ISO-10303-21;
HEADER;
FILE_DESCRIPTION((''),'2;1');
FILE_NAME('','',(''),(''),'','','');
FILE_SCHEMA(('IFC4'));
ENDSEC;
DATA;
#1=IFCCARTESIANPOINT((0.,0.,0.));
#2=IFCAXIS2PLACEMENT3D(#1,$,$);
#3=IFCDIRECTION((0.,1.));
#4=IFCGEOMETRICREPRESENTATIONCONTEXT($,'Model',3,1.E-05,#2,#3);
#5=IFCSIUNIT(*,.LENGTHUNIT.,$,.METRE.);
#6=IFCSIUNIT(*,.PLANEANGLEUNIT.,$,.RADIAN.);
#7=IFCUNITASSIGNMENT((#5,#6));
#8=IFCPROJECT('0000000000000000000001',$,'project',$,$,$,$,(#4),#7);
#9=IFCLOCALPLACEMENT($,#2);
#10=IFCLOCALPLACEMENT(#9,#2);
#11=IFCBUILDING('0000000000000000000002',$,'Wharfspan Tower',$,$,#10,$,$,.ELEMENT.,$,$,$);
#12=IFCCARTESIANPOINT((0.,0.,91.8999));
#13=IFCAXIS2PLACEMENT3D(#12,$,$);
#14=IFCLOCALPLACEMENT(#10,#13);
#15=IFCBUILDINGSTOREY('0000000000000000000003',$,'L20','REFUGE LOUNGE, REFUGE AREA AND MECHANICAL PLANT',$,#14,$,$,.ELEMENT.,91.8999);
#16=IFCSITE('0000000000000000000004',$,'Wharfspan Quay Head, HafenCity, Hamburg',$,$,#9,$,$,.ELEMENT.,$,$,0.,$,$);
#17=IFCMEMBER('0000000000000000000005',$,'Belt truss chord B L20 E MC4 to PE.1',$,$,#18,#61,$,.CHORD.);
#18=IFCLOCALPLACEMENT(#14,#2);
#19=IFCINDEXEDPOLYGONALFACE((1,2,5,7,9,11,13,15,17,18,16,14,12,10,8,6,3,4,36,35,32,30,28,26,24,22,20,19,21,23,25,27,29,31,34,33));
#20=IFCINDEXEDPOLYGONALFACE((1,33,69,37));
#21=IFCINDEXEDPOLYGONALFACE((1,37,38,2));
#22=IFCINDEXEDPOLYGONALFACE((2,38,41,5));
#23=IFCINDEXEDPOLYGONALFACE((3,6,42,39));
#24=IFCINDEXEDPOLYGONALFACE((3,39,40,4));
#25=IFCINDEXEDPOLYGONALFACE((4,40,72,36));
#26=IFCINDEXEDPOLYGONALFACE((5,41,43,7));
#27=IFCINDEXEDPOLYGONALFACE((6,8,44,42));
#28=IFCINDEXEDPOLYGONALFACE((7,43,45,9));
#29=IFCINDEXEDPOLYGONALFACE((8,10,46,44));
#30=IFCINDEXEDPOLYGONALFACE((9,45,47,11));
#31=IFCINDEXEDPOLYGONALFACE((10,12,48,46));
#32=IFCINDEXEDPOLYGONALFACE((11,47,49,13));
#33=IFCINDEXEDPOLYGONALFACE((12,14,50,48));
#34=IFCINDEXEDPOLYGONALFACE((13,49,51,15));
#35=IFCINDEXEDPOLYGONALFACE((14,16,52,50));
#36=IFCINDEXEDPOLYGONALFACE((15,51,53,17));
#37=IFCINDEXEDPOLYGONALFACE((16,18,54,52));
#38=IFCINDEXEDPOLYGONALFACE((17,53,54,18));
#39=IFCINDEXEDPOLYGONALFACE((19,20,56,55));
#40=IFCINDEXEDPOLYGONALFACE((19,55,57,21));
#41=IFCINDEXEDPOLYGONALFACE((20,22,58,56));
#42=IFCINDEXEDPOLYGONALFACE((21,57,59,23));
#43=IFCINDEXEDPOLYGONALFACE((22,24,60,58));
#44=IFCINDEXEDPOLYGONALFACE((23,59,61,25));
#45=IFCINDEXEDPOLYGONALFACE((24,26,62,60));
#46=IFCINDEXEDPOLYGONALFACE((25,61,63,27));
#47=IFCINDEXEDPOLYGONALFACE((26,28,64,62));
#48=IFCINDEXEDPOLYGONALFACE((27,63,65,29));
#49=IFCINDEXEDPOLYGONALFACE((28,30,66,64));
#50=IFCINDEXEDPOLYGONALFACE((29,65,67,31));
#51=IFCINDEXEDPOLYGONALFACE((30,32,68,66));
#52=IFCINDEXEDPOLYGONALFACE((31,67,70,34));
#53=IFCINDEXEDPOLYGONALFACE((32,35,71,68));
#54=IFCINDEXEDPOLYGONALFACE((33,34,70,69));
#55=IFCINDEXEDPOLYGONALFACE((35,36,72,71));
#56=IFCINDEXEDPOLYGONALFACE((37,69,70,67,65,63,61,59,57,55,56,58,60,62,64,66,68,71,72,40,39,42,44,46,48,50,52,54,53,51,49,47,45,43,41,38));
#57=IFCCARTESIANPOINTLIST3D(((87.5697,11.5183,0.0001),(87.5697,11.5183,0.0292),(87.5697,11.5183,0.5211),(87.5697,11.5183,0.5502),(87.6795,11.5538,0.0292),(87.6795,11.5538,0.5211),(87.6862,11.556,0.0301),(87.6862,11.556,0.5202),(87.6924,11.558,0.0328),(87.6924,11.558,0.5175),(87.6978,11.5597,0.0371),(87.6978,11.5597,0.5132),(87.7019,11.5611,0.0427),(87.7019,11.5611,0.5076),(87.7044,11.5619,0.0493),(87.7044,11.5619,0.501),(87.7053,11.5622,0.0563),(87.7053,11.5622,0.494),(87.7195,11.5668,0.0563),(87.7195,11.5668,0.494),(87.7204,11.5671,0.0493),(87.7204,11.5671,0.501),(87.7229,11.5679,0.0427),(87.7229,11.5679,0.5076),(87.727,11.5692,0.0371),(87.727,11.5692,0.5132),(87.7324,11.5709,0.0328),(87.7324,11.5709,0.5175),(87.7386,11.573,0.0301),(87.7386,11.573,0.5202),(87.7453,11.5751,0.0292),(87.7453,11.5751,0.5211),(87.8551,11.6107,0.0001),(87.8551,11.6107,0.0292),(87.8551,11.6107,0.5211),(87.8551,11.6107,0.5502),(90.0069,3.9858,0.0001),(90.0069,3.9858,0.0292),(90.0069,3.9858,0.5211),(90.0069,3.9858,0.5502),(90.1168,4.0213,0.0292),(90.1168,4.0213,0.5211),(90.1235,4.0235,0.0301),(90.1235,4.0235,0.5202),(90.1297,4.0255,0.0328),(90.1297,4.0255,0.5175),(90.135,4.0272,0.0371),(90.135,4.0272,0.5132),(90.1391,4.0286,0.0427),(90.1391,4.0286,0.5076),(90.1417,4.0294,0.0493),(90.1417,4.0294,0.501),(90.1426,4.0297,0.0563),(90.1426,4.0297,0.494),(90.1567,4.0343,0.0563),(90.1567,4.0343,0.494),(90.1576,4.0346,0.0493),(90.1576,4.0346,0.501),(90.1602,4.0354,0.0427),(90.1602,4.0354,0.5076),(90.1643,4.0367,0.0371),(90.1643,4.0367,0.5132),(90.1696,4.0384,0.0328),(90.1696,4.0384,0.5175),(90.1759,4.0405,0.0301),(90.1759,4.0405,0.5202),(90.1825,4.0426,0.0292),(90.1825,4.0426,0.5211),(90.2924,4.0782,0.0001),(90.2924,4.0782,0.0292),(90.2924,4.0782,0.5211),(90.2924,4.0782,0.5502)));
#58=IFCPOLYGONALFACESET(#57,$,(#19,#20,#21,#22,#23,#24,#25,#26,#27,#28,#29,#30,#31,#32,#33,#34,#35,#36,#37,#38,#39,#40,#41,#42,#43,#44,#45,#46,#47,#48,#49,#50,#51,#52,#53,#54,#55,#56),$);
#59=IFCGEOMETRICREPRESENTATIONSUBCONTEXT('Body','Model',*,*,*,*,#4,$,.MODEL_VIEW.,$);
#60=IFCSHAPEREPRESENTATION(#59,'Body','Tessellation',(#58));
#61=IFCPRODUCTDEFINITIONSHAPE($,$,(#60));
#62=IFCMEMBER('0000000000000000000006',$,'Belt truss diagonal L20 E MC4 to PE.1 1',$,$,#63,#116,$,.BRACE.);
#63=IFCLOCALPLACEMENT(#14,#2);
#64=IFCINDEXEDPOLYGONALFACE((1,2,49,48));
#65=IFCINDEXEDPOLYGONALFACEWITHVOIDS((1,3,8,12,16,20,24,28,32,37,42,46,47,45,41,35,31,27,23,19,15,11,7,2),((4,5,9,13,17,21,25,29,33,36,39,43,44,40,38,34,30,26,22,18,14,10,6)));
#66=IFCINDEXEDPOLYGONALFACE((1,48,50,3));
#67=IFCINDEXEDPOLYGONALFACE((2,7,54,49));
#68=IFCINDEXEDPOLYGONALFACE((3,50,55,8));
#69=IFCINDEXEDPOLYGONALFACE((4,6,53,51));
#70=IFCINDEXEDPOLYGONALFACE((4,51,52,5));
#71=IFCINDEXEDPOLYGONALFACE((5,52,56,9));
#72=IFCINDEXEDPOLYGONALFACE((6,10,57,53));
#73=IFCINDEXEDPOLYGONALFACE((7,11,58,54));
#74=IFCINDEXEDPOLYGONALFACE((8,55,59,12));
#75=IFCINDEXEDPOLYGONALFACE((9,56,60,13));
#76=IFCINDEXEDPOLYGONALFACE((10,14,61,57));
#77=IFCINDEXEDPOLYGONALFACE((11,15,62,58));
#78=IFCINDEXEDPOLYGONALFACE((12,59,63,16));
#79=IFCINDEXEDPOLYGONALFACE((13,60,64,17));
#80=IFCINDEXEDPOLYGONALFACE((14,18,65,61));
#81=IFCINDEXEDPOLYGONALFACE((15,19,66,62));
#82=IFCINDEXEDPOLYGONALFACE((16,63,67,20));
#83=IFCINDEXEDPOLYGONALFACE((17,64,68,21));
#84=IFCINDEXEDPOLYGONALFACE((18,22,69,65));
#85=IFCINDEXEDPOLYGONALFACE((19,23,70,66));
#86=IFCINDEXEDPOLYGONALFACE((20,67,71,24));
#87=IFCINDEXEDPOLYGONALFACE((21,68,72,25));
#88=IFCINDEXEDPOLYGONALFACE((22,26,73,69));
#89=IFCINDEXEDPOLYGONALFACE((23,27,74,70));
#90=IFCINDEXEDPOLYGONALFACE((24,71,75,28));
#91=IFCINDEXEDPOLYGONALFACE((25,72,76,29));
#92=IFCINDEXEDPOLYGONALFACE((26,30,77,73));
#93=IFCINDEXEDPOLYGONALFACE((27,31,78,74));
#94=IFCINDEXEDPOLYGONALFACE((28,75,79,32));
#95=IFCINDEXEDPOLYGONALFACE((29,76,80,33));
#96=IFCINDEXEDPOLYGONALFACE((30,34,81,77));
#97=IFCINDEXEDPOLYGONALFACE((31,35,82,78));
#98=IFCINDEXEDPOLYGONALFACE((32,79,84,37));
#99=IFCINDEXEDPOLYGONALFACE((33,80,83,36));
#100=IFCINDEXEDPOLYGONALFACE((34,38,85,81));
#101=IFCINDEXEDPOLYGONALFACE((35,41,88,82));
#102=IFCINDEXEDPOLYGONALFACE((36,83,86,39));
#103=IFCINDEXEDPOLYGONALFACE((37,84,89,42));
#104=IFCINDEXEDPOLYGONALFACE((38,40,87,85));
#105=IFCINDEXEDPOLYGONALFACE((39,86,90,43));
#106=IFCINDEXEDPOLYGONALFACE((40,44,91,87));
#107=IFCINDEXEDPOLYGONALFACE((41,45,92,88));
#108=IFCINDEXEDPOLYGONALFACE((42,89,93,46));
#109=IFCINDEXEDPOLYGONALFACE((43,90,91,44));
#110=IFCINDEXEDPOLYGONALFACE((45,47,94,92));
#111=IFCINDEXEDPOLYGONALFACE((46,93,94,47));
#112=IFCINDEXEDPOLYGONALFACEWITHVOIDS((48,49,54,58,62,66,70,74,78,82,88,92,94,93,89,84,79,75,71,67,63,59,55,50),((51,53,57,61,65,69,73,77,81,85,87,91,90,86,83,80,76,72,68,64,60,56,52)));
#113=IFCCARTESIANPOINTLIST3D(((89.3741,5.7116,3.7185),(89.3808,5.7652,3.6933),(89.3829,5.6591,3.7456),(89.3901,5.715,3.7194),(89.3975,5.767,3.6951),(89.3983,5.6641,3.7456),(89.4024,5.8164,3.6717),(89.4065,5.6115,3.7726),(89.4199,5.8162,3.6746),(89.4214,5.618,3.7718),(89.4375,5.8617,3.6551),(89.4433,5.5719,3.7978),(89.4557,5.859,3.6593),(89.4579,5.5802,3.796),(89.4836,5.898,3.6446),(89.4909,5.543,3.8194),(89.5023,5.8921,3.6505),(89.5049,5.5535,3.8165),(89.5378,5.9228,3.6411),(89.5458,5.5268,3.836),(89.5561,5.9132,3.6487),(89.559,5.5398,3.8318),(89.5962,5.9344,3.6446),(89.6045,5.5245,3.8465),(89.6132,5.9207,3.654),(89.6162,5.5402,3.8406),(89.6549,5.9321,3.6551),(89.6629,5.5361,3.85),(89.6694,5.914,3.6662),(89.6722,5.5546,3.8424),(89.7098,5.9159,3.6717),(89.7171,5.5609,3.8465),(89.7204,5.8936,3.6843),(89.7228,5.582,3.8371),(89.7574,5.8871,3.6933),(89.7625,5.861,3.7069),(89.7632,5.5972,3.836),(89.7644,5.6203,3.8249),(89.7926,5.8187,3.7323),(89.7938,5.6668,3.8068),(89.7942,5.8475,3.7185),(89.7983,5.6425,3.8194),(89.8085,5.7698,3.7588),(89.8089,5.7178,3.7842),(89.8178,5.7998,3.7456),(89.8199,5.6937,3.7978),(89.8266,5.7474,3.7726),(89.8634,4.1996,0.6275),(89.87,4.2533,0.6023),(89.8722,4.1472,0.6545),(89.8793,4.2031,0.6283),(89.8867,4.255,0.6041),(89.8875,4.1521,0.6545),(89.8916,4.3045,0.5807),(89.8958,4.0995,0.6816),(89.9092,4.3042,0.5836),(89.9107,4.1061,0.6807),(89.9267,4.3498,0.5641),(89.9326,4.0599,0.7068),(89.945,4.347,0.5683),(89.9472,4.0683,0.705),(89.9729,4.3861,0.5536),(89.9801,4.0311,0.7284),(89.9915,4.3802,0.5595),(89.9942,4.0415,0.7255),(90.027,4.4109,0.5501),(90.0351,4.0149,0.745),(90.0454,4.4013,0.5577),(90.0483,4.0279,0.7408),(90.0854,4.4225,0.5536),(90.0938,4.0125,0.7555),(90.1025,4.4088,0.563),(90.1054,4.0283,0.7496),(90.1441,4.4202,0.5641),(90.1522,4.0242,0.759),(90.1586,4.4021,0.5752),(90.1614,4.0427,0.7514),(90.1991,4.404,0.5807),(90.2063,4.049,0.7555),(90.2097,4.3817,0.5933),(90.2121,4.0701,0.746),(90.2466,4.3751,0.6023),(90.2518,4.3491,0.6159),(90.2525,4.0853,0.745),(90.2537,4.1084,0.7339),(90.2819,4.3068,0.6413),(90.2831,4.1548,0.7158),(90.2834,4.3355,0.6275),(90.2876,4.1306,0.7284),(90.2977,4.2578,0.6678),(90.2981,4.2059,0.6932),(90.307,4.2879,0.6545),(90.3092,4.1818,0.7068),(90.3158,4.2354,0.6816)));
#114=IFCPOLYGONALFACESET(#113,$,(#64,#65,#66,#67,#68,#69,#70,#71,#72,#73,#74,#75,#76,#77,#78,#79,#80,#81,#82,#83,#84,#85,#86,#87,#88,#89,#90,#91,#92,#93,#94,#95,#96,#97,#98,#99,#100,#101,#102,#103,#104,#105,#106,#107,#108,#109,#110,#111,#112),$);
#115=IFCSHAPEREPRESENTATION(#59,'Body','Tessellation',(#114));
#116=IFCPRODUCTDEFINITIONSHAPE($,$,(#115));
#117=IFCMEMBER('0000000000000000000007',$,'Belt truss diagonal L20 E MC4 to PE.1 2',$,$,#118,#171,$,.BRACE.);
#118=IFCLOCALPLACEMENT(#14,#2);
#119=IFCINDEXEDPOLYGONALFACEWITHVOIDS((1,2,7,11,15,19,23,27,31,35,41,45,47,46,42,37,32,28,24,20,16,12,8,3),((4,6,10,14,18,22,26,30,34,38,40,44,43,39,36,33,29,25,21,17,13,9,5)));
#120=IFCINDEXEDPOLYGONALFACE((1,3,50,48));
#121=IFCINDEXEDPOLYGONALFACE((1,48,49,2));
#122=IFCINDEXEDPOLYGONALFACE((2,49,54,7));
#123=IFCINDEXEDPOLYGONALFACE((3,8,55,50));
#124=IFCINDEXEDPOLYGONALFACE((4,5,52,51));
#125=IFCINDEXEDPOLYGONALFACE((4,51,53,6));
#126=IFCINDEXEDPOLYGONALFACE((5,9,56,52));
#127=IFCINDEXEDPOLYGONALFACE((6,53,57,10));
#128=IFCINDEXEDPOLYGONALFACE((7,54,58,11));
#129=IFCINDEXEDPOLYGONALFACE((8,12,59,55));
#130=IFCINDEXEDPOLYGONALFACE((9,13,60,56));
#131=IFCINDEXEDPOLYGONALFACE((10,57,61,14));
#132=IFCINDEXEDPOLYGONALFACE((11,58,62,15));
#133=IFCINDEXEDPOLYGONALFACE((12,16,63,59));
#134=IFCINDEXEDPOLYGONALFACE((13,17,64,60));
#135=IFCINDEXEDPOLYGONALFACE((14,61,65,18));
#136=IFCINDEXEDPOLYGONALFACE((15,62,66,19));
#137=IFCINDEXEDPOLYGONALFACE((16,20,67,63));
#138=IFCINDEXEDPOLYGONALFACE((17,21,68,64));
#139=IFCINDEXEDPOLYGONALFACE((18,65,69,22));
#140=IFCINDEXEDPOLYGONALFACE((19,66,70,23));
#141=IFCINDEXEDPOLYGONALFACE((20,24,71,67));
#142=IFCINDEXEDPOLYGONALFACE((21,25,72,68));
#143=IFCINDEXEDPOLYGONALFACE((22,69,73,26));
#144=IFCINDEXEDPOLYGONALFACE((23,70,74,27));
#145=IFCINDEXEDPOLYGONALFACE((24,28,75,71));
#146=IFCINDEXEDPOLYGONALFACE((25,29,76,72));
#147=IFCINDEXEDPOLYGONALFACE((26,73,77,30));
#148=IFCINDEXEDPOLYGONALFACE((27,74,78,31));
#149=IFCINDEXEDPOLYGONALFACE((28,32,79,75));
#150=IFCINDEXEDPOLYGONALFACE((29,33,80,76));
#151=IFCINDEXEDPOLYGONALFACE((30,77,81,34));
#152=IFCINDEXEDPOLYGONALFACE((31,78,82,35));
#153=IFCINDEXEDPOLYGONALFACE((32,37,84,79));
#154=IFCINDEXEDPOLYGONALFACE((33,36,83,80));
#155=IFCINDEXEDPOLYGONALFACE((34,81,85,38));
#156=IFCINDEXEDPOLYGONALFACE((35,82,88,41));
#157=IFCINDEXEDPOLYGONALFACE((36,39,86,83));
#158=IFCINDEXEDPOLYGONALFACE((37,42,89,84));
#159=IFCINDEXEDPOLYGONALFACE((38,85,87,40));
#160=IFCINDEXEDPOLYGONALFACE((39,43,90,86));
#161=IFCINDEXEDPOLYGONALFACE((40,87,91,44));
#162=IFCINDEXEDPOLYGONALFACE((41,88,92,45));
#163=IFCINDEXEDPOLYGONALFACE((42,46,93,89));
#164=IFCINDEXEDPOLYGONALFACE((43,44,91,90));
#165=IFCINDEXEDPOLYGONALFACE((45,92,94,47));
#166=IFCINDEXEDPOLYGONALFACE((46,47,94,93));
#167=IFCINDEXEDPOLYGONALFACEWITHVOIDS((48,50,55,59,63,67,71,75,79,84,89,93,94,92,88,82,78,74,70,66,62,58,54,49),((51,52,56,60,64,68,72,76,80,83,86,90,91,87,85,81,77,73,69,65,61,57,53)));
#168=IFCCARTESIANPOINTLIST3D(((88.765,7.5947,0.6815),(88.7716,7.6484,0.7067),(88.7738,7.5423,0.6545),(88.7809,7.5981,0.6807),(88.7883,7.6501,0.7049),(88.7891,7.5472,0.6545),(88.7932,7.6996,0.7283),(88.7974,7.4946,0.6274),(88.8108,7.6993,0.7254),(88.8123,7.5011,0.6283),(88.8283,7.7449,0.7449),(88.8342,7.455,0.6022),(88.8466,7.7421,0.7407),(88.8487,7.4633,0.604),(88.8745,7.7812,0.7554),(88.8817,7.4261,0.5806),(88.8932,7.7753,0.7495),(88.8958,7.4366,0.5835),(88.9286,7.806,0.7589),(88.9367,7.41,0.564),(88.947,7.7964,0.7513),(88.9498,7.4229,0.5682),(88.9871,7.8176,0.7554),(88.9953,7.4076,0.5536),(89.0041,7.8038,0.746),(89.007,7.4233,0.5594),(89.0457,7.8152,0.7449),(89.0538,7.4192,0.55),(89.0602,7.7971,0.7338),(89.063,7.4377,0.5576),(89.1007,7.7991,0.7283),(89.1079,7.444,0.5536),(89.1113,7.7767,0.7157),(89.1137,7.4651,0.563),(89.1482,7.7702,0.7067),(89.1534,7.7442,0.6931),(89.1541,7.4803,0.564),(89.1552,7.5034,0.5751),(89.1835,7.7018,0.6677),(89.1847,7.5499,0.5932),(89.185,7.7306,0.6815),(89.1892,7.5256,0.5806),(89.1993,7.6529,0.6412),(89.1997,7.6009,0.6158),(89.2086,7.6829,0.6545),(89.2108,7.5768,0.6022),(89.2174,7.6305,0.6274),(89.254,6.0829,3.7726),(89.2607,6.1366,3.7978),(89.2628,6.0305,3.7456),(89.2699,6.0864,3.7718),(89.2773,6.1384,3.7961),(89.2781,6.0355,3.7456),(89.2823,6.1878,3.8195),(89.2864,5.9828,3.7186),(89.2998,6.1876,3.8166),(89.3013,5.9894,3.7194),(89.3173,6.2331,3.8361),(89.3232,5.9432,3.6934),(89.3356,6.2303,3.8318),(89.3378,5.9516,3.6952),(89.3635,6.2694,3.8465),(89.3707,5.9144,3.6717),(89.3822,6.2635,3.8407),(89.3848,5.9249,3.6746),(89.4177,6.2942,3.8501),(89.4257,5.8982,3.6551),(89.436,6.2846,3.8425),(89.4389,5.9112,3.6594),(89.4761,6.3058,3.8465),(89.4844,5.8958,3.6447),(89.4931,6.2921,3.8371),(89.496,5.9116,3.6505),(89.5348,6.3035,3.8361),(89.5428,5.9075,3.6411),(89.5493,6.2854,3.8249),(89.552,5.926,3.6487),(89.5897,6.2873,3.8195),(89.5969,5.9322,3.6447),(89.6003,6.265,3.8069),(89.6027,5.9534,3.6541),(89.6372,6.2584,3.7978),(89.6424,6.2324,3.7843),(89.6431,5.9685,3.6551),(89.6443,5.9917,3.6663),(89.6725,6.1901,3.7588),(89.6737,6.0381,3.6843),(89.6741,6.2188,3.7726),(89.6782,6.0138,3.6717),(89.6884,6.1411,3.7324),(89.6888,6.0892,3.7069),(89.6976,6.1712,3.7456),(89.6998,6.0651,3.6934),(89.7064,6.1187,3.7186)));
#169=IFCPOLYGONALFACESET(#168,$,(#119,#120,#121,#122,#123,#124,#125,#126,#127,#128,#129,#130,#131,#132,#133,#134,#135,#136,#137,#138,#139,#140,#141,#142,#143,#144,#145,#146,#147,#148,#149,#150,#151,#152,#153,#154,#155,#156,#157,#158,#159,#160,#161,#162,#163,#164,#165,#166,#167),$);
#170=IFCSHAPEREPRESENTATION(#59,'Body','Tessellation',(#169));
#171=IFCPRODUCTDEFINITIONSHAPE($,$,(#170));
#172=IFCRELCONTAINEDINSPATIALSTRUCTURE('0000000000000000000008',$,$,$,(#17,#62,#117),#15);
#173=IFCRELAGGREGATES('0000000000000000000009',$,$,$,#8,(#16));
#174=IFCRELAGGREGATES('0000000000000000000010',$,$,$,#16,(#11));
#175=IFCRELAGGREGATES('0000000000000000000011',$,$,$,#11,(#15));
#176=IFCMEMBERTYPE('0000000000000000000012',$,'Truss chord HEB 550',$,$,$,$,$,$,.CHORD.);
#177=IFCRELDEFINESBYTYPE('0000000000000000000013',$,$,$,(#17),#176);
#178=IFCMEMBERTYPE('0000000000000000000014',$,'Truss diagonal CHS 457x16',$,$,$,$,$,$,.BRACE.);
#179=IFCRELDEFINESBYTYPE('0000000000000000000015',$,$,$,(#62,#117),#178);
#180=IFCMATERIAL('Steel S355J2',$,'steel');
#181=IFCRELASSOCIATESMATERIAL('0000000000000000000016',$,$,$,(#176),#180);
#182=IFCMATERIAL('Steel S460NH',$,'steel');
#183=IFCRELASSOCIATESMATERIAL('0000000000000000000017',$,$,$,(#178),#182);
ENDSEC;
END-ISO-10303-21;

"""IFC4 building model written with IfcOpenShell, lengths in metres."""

from ifc_helpers import new_model, si_unit, direction, frame, origin, origin_2d, place, context, subcontext, project, spatial, hollow_circle, i_section, extrude, material, material_profile, profile_set, type_object, element, save


model = new_model("IFC4")

# Units and contexts
model_context = context("Model", 3, precision=1e-05, world=origin(), true_north=direction((0.0, 1.0)))
body_context = subcontext(model_context, "Body", "Model", "MODEL_VIEW")
ifc_project = project(units=[si_unit("LENGTHUNIT", "METRE"), si_unit("PLANEANGLEUNIT", "RADIAN")], contexts=[model_context])

# Site, building, storey
site_placement = place(None, origin())
site = spatial("IfcSite", under=ifc_project, at=site_placement, Name="Wharfspan Quay Head, HafenCity, Hamburg", CompositionType="ELEMENT", RefElevation=0.0)
building_placement = place(site_placement, origin())
building = spatial("IfcBuilding", under=site, at=building_placement, Name="Wharfspan Tower", CompositionType="ELEMENT")
storey_placement = place(building_placement, frame((0.0, 0.0, 91.8999)))
storey = spatial("IfcBuildingStorey", under=building, at=storey_placement, Name="L20", Description="REFUGE LOUNGE, REFUGE AREA AND MECHANICAL PLANT", CompositionType="ELEMENT", Elevation=91.8999)

# Shared definitions
ifc_material_1 = material(Name="Steel S355J2", Category="steel")

# Members
ifc_material_profile_1 = material_profile(ifc_material_1, i_section(OverallWidth=0.3, OverallDepth=0.55, WebThickness=0.0149, FlangeThickness=0.0291, FilletRadius=0.0271, at=origin_2d()))
ifc_profile_set_1 = profile_set([ifc_material_profile_1], Name="Steel S355J2")
member_type_1 = type_object("IfcMemberType", Name="Truss chord HEB 550", PredefinedType="CHORD", material=ifc_profile_set_1)
for number, where, z_axis, x_axis, name in (
    (1, (90.1497, 4.032, 0.2751), (-0.307852, 0.951434, 0.0), (-0.951434, -0.307852, 0.0), "Belt truss chord B L20 E MC4 to PE.1"),
):
    element("IfcMember", number, at=place(storey_placement, frame(where, z_axis=z_axis, x_axis=x_axis)), inside=storey, type_object=member_type_1, Name=name, PredefinedType="CHORD", context=body_context, shape_type="SweptSolid", body=[
        extrude(i_section(OverallWidth=0.3, OverallDepth=0.55, WebThickness=0.0149, FlangeThickness=0.0291, FilletRadius=0.0271, at=origin_2d()), origin(), (0.0, 0.0, 1.0), 7.917),
    ])
ifc_material_2 = material(Name="Steel S460NH", Category="steel")
ifc_material_profile_2 = material_profile(ifc_material_2, hollow_circle(Radius=0.2285, WallThickness=0.0161, at=origin_2d()))
ifc_profile_set_2 = profile_set([ifc_material_profile_2], Name="Steel S460NH")
member_type_2 = type_object("IfcMemberType", Name="Truss diagonal CHS 457x16", PredefinedType="BRACE", material=ifc_profile_set_2)
for number, where, z_axis, x_axis, name in (
    (2, (90.0896, 4.2175, 0.6545), (-0.140768, 0.435017, 0.889351), (-0.95143, -0.307871, -0.000002), "Belt truss diagonal L20 E MC4 to PE.1 1"),
    (3, (89.4802, 6.1008, 3.7456), (-0.140703, 0.434964, -0.889387), (-0.95146, -0.307776, 0.000002), "Belt truss diagonal L20 E MC4 to PE.1 2"),
):
    element("IfcMember", number, at=place(storey_placement, frame(where, z_axis=z_axis, x_axis=x_axis)), inside=storey, type_object=member_type_2, Name=name, PredefinedType="BRACE", context=body_context, shape_type="SweptSolid", body=[
        extrude(hollow_circle(Radius=0.2285, WallThickness=0.0161, at=origin_2d()), origin(), (0.0, 0.0, 1.0), 3.4756),
    ])

save(model, "model.ifc")
